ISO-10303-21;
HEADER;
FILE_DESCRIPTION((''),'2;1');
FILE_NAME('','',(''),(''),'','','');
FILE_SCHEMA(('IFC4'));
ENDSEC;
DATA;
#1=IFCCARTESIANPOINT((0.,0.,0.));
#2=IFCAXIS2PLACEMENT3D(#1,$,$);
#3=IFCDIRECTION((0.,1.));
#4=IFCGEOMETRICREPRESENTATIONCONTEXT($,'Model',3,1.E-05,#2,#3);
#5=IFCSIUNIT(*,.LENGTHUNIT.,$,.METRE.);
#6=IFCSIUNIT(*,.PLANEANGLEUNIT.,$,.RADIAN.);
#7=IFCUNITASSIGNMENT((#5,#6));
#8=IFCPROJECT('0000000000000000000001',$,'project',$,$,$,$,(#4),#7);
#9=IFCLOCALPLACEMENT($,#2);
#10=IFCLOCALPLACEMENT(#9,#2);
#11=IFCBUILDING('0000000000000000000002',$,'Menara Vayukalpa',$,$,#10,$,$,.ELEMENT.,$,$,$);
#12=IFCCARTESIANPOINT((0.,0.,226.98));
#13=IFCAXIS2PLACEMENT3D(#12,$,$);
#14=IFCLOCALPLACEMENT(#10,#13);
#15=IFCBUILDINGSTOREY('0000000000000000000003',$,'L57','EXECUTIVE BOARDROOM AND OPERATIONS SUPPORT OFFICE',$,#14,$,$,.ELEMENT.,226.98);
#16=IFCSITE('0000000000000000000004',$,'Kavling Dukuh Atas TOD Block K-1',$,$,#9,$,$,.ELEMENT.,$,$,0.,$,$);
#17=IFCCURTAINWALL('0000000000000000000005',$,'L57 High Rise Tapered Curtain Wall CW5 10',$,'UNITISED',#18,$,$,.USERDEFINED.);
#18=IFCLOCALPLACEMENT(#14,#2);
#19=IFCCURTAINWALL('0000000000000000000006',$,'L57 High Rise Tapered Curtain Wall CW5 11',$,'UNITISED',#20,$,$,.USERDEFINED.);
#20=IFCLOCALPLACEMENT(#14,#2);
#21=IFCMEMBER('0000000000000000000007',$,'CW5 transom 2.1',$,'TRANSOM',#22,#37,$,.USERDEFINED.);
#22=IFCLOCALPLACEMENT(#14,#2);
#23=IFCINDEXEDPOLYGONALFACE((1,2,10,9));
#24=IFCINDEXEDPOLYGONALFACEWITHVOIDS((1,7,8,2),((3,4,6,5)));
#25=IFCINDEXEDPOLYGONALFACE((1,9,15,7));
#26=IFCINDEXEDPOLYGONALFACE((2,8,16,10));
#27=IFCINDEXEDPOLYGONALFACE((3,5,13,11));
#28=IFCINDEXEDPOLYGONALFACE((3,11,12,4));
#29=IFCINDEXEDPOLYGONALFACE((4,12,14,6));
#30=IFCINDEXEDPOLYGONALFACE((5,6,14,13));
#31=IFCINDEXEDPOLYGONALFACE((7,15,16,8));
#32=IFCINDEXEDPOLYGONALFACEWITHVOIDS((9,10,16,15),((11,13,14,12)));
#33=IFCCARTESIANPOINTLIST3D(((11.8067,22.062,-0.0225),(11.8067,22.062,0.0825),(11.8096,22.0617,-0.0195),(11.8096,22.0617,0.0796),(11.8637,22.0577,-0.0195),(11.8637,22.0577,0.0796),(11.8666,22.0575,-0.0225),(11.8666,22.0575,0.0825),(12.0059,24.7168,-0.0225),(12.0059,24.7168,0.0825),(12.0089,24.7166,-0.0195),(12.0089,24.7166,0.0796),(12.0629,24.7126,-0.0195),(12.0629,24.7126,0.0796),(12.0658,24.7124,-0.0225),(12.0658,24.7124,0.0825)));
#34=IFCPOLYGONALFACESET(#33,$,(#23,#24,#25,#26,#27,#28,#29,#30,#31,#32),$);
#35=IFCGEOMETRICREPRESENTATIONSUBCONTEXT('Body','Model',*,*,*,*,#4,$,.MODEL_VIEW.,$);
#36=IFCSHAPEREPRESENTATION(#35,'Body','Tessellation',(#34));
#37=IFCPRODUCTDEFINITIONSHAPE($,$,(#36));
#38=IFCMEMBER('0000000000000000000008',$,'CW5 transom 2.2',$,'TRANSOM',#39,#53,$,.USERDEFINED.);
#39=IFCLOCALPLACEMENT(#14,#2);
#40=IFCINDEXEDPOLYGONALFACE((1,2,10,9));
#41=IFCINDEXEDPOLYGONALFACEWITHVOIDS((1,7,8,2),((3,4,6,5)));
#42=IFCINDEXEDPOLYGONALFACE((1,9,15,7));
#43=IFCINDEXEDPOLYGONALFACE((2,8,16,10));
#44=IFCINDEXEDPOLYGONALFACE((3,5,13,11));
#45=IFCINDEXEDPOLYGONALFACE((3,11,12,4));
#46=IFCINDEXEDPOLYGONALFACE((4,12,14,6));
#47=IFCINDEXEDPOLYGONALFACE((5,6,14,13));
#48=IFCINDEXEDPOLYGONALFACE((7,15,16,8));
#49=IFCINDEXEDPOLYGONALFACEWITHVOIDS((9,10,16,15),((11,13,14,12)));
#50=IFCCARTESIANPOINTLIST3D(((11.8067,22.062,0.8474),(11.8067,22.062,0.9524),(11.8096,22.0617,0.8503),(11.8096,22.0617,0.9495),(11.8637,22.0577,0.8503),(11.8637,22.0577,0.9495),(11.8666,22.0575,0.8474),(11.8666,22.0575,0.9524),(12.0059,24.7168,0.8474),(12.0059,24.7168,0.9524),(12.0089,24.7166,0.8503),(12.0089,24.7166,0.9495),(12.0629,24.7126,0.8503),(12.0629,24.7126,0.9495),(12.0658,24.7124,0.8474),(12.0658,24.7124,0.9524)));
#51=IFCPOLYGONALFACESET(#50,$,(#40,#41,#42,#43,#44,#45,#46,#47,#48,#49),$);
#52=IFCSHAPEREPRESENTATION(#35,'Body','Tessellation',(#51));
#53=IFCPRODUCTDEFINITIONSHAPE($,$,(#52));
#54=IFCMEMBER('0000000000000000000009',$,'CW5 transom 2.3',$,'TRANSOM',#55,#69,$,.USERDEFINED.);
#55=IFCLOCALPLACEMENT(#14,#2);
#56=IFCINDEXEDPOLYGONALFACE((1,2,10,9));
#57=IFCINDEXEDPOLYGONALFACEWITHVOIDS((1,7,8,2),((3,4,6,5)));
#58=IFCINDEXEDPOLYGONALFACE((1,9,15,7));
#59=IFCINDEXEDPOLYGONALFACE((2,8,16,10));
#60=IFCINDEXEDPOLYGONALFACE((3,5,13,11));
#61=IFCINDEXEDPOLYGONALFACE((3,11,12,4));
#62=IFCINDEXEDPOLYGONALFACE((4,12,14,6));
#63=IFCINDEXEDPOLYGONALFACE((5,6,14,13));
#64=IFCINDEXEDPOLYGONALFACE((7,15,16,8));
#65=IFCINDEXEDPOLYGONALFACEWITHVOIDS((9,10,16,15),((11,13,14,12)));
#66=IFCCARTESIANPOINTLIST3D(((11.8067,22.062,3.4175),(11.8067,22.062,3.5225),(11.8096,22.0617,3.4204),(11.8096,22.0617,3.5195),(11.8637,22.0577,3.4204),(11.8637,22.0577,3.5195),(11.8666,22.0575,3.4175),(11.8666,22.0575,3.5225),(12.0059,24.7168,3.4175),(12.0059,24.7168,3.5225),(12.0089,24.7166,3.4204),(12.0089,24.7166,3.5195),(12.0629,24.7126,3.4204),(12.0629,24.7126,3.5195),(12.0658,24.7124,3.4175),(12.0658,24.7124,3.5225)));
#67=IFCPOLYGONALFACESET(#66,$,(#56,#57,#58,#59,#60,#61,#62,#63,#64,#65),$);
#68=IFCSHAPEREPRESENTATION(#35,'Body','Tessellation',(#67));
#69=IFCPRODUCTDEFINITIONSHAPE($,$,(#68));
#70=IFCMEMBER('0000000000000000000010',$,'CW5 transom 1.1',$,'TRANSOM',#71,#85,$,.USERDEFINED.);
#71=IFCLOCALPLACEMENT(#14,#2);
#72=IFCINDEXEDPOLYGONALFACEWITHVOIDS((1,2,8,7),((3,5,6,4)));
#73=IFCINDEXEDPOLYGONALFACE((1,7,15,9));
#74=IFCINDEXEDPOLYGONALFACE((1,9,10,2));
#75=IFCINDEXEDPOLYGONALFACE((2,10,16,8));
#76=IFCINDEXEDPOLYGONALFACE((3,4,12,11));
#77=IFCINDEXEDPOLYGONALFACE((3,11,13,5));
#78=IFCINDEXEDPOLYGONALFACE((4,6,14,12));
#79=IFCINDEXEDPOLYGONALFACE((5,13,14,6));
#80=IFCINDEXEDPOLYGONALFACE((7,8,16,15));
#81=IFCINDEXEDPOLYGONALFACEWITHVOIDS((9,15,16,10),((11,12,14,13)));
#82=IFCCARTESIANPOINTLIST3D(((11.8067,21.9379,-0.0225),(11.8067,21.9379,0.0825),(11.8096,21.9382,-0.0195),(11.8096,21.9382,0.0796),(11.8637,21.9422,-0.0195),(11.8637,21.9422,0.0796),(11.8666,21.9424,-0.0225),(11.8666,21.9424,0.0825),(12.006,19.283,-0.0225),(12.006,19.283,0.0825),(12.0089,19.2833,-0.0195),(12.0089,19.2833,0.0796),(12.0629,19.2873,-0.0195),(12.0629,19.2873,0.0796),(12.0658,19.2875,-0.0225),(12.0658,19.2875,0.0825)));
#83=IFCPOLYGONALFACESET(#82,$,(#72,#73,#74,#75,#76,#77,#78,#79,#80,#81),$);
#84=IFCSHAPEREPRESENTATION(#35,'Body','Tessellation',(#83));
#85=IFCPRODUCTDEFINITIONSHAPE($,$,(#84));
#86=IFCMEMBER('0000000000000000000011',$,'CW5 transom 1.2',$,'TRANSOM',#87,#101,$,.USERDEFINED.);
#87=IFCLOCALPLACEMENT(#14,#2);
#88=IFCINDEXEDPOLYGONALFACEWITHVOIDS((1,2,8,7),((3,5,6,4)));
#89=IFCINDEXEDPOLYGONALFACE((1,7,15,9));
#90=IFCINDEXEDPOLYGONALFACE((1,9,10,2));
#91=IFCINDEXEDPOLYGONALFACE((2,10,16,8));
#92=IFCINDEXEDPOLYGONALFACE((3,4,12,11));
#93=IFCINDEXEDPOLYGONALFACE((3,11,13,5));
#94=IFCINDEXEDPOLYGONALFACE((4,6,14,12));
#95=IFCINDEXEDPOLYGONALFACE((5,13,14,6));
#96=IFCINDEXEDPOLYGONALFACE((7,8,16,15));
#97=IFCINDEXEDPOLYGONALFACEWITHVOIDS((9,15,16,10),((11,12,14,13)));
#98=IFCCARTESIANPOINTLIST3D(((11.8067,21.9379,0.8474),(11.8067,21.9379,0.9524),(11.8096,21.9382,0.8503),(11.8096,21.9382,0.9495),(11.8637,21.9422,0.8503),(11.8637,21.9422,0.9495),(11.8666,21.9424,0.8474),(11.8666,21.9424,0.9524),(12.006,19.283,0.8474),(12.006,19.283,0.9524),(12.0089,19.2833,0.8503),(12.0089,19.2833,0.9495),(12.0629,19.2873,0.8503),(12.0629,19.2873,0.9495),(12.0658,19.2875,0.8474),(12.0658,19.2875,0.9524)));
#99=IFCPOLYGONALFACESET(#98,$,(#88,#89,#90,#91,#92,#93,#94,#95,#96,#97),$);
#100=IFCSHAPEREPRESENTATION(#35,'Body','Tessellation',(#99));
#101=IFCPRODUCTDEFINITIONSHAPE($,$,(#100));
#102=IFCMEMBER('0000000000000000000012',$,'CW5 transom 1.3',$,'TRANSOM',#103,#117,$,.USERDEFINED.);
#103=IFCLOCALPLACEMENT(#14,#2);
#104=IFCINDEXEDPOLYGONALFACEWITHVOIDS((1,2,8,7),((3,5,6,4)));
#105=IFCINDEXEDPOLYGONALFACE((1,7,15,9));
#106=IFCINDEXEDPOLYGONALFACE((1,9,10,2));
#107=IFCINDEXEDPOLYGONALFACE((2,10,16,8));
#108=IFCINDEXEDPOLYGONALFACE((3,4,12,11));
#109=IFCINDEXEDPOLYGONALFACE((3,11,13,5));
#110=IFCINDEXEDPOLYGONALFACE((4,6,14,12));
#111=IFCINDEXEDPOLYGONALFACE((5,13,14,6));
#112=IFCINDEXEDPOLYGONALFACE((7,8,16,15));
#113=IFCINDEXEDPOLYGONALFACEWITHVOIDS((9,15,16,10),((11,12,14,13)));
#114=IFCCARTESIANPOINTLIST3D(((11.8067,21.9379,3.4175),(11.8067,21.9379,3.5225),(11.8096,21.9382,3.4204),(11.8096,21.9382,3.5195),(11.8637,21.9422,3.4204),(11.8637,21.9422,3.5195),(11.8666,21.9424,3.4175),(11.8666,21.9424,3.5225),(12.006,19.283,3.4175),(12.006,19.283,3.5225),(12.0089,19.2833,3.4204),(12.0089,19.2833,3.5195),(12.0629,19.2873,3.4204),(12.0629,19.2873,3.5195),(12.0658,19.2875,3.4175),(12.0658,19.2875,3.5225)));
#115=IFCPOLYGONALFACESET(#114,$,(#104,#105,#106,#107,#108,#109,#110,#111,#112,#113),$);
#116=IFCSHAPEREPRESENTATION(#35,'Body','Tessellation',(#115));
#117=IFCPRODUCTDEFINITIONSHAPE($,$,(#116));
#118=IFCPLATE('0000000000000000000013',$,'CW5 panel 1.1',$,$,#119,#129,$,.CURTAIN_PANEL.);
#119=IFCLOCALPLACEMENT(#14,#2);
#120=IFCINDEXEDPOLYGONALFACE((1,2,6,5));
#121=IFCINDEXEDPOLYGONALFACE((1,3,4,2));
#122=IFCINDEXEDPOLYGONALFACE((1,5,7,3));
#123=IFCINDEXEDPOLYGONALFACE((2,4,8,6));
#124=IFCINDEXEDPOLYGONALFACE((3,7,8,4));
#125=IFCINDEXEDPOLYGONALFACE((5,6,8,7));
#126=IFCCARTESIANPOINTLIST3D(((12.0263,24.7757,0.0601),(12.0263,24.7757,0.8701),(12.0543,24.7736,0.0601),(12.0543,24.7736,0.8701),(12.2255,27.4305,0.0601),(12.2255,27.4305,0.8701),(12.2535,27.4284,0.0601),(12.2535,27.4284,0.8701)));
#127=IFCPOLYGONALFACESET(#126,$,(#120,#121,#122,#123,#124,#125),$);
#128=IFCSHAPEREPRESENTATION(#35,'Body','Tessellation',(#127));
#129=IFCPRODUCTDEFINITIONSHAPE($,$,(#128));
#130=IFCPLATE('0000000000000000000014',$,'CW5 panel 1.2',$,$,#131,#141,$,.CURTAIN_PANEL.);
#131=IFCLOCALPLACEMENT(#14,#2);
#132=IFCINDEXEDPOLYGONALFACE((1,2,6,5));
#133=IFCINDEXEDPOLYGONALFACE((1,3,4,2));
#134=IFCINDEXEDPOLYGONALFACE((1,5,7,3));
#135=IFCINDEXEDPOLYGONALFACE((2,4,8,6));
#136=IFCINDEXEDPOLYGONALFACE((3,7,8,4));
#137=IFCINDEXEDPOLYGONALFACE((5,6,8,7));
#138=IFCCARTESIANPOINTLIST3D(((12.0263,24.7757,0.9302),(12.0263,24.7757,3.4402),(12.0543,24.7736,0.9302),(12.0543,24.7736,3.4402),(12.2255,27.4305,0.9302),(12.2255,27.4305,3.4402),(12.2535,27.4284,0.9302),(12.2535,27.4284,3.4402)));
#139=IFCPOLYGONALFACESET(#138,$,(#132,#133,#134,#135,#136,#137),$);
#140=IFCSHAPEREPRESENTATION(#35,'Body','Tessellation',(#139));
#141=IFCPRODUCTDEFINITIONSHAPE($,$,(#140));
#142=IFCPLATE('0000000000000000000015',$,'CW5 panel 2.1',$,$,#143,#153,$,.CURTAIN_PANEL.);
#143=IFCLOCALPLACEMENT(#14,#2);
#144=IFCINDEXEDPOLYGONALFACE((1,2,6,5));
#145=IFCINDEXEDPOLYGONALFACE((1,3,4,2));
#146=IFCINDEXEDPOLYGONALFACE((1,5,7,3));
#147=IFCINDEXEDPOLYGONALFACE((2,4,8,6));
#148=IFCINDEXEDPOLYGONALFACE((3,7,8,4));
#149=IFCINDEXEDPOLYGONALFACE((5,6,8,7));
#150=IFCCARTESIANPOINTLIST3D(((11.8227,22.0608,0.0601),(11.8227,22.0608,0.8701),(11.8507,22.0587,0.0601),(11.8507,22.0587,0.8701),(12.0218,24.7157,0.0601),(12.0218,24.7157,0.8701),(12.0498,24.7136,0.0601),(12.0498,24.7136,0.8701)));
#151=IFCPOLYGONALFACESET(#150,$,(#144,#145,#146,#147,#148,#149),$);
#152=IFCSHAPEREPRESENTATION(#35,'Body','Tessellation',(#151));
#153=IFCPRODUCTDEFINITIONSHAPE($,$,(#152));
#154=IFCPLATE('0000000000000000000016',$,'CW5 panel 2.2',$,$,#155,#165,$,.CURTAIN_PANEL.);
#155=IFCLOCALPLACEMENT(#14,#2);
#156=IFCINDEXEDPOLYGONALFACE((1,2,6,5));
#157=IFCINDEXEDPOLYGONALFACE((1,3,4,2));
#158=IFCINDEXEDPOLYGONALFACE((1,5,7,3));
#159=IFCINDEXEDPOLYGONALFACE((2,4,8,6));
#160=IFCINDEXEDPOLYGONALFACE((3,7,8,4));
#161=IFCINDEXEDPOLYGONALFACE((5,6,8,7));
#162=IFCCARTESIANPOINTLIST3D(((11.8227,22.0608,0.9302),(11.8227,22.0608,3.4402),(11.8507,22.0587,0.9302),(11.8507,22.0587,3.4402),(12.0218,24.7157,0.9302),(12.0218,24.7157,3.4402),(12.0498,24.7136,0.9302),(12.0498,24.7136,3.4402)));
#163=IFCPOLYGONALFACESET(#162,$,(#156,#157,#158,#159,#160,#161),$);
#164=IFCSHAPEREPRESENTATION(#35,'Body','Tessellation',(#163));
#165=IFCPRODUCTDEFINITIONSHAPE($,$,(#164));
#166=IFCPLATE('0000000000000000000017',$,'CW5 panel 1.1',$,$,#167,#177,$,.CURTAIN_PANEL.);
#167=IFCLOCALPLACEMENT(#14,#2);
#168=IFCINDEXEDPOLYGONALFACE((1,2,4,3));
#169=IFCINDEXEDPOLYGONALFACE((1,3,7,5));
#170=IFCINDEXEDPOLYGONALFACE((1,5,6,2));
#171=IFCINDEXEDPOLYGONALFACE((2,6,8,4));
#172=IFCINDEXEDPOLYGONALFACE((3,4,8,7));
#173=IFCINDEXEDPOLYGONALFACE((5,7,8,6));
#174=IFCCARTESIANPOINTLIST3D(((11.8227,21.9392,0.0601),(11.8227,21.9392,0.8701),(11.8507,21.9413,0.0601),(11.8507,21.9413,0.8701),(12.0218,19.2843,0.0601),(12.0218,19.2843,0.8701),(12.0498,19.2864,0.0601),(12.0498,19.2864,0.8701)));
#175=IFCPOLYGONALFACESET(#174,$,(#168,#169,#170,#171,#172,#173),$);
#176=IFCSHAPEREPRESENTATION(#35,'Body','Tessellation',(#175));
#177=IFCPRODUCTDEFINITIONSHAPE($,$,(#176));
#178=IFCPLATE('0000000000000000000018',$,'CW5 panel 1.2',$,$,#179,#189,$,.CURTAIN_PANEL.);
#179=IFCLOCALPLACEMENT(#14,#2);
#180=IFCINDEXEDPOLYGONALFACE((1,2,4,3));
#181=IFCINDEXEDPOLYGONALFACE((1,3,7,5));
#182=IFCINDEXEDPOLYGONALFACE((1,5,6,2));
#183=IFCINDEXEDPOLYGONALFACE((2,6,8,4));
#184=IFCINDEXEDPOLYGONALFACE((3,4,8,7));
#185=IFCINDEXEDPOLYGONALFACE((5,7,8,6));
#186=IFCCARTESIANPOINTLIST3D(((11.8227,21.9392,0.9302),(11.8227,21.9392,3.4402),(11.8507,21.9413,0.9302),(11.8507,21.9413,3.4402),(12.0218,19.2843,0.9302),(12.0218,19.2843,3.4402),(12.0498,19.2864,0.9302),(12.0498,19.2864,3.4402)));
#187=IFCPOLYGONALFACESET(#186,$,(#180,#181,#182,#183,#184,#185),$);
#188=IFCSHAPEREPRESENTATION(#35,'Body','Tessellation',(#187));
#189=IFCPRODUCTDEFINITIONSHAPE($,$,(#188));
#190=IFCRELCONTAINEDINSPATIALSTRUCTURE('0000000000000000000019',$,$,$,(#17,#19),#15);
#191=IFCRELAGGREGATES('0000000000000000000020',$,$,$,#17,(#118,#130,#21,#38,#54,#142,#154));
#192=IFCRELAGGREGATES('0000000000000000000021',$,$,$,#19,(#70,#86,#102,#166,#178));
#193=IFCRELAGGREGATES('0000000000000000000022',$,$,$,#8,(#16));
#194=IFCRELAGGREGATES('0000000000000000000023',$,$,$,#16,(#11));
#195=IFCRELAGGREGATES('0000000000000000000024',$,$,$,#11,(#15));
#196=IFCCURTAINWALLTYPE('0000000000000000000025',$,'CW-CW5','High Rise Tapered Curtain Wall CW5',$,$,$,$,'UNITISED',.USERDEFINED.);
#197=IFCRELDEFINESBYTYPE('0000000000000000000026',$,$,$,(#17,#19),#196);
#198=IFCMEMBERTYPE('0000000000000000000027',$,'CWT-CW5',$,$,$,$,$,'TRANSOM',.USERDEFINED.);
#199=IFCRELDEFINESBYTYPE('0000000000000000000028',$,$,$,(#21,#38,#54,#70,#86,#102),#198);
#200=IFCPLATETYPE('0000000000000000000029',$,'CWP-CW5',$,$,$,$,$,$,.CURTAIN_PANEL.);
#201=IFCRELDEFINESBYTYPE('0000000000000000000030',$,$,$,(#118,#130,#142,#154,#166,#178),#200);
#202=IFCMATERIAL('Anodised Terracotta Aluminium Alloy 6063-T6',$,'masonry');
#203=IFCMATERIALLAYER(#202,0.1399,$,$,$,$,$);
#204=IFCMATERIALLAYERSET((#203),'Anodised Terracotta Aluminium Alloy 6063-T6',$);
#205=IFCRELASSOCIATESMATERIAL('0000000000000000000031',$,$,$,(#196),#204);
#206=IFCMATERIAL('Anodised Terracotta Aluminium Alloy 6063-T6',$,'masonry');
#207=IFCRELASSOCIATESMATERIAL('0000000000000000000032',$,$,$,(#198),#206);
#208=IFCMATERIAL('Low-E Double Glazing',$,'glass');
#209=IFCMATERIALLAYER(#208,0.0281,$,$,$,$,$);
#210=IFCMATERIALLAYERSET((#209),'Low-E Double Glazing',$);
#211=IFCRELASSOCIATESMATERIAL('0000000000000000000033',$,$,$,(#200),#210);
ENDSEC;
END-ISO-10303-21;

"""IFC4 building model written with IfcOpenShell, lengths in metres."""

from ifc_helpers import new_model, si_unit, direction, frame, origin, origin_2d, place, context, subcontext, project, spatial, rectangle, hollow_rectangle, extrude, material, layer, layer_set, material_profile, profile_set, type_object, element, aggregate, save


model = new_model("IFC4")

# Units and contexts
model_context = context("Model", 3, precision=1e-05, world=origin(), true_north=direction((0.0, 1.0)))
body_context = subcontext(model_context, "Body", "Model", "MODEL_VIEW")
ifc_project = project(units=[si_unit("LENGTHUNIT", "METRE"), si_unit("PLANEANGLEUNIT", "RADIAN")], contexts=[model_context])

# Site, building, storey
site_placement = place(None, origin())
site = spatial("IfcSite", under=ifc_project, at=site_placement, Name="Kavling Dukuh Atas TOD Block K-1", CompositionType="ELEMENT", RefElevation=0.0)
building_placement = place(site_placement, origin())
building = spatial("IfcBuilding", under=site, at=building_placement, Name="Menara Vayukalpa", CompositionType="ELEMENT")
storey_placement = place(building_placement, frame((0.0, 0.0, 226.98)))
storey = spatial("IfcBuildingStorey", under=building, at=storey_placement, Name="L57", Description="EXECUTIVE BOARDROOM AND OPERATIONS SUPPORT OFFICE", CompositionType="ELEMENT", Elevation=226.98)

# Curtain wall
ifc_material_1 = material(Name="Anodised Terracotta Aluminium Alloy 6063-T6", Category="masonry")
ifc_layer_1 = layer(ifc_material_1, 0.1399)
ifc_layer_set_1 = layer_set([ifc_layer_1], Name="Anodised Terracotta Aluminium Alloy 6063-T6")
curtain_wall_type = type_object("IfcCurtainWallType", Name="CW-CW5", Description="High Rise Tapered Curtain Wall CW5", ElementType="UNITISED", PredefinedType="USERDEFINED", material=ifc_layer_set_1)
curtain_wall_1_placement = place(storey_placement, origin())
curtain_wall_1 = element("IfcCurtainWall", 1, at=curtain_wall_1_placement, inside=storey, type_object=curtain_wall_type, Name="L57 High Rise Tapered Curtain Wall CW5 10", ObjectType="UNITISED", PredefinedType="USERDEFINED")

# Curtain wall
curtain_wall_2_placement = place(storey_placement, origin())
curtain_wall_2 = element("IfcCurtainWall", 2, at=curtain_wall_2_placement, inside=storey, type_object=curtain_wall_type, Name="L57 High Rise Tapered Curtain Wall CW5 11", ObjectType="UNITISED", PredefinedType="USERDEFINED")

# Members
ifc_material_2 = material(Name="Anodised Terracotta Aluminium Alloy 6063-T6", Category="masonry")
ifc_material_profile_1 = material_profile(ifc_material_2, hollow_rectangle(XDim=0.0601, YDim=0.105, WallThickness=0.0029, at=origin_2d()), Name="ALU 60x105x3")
ifc_profile_set_1 = profile_set([ifc_material_profile_1], Name="Anodised Terracotta Aluminium Alloy 6063-T6")
member_type_1 = type_object("IfcMemberType", Name="CWT-CW5", ElementType="TRANSOM", PredefinedType="USERDEFINED", material=ifc_profile_set_1)
member_1_placement = place(storey_placement, frame((12.0359, 24.7146, 0.03), z_axis=(-0.074831, -0.997196, 0.0), x_axis=(0.997196, -0.074831, 0.0)))
member_1 = element("IfcMember", 3, at=member_1_placement, type_object=member_type_1, Name="CW5 transom 2.1", ObjectType="TRANSOM", PredefinedType="USERDEFINED", context=body_context, shape_type="SweptSolid", body=[
    extrude(hollow_rectangle(XDim=0.0601, YDim=0.105, WallThickness=0.0029, at=origin_2d()), origin(), (0.0, 0.0, 1.0), 2.6624),
])
member_2_placement = place(storey_placement, frame((12.0359, 24.7146, 0.8999), z_axis=(-0.074831, -0.997196, 0.0), x_axis=(0.997196, -0.074831, 0.0)))
member_2 = element("IfcMember", 4, at=member_2_placement, type_object=member_type_1, Name="CW5 transom 2.2", ObjectType="TRANSOM", PredefinedType="USERDEFINED", context=body_context, shape_type="SweptSolid", body=[
    extrude(hollow_rectangle(XDim=0.0601, YDim=0.105, WallThickness=0.0029, at=origin_2d()), origin(), (0.0, 0.0, 1.0), 2.6624),
])
member_3_placement = place(storey_placement, frame((12.0359, 24.7146, 3.47), z_axis=(-0.074831, -0.997196, 0.0), x_axis=(0.997196, -0.074831, 0.0)))
member_3 = element("IfcMember", 5, at=member_3_placement, type_object=member_type_1, Name="CW5 transom 2.3", ObjectType="TRANSOM", PredefinedType="USERDEFINED", context=body_context, shape_type="SweptSolid", body=[
    extrude(hollow_rectangle(XDim=0.0601, YDim=0.105, WallThickness=0.0029, at=origin_2d()), origin(), (0.0, 0.0, 1.0), 2.6624),
])
member_4_placement = place(storey_placement, frame((11.8367, 21.9402, 0.03), z_axis=(0.074831, -0.997196, 0.0), x_axis=(0.997196, 0.074831, 0.0)))
member_4 = element("IfcMember", 6, at=member_4_placement, type_object=member_type_1, Name="CW5 transom 1.1", ObjectType="TRANSOM", PredefinedType="USERDEFINED", context=body_context, shape_type="SweptSolid", body=[
    extrude(hollow_rectangle(XDim=0.0601, YDim=0.105, WallThickness=0.0029, at=origin_2d()), origin(), (0.0, 0.0, 1.0), 2.6624),
])
member_5_placement = place(storey_placement, frame((11.8367, 21.9402, 0.8999), z_axis=(0.074831, -0.997196, 0.0), x_axis=(0.997196, 0.074831, 0.0)))
member_5 = element("IfcMember", 7, at=member_5_placement, type_object=member_type_1, Name="CW5 transom 1.2", ObjectType="TRANSOM", PredefinedType="USERDEFINED", context=body_context, shape_type="SweptSolid", body=[
    extrude(hollow_rectangle(XDim=0.0601, YDim=0.105, WallThickness=0.0029, at=origin_2d()), origin(), (0.0, 0.0, 1.0), 2.6624),
])
member_6_placement = place(storey_placement, frame((11.8367, 21.9402, 3.47), z_axis=(0.074831, -0.997196, 0.0), x_axis=(0.997196, 0.074831, 0.0)))
member_6 = element("IfcMember", 8, at=member_6_placement, type_object=member_type_1, Name="CW5 transom 1.3", ObjectType="TRANSOM", PredefinedType="USERDEFINED", context=body_context, shape_type="SweptSolid", body=[
    extrude(hollow_rectangle(XDim=0.0601, YDim=0.105, WallThickness=0.0029, at=origin_2d()), origin(), (0.0, 0.0, 1.0), 2.6624),
])

# Plates
ifc_material_3 = material(Name="Low-E Double Glazing", Category="glass")
ifc_layer_2 = layer(ifc_material_3, 0.0281)
ifc_layer_set_2 = layer_set([ifc_layer_2], Name="Low-E Double Glazing")
plate_type = type_object("IfcPlateType", Name="CWP-CW5", PredefinedType="CURTAIN_PANEL", material=ifc_layer_set_2)
plate_1_placement = place(storey_placement, frame((12.1399, 26.1021, 0.0601), z_axis=(0.0, 0.0, 1.0), x_axis=(-0.074792, -0.997199, 0.0)))
plate_1 = element("IfcPlate", 9, at=plate_1_placement, type_object=plate_type, Name="CW5 panel 1.1", PredefinedType="CURTAIN_PANEL", context=body_context, shape_type="SweptSolid", body=[
    extrude(rectangle(XDim=2.6624, YDim=0.0281, at=origin_2d()), origin(), (0.0, 0.0, 1.0), 0.8101),
])
plate_2_placement = place(storey_placement, frame((12.1399, 26.1021, 0.9302), z_axis=(0.0, 0.0, 1.0), x_axis=(-0.074792, -0.997199, 0.0)))
plate_2 = element("IfcPlate", 10, at=plate_2_placement, type_object=plate_type, Name="CW5 panel 1.2", PredefinedType="CURTAIN_PANEL", context=body_context, shape_type="SweptSolid", body=[
    extrude(rectangle(XDim=2.6624, YDim=0.0281, at=origin_2d()), origin(), (0.0, 0.0, 1.0), 2.51),
])
plate_3_placement = place(storey_placement, frame((11.9363, 23.3872, 0.0601), z_axis=(0.0, 0.0, 1.0), x_axis=(-0.074792, -0.997199, 0.0)))
plate_3 = element("IfcPlate", 11, at=plate_3_placement, type_object=plate_type, Name="CW5 panel 2.1", PredefinedType="CURTAIN_PANEL", context=body_context, shape_type="SweptSolid", body=[
    extrude(rectangle(XDim=2.6624, YDim=0.0281, at=origin_2d()), origin(), (0.0, 0.0, 1.0), 0.8101),
])
plate_4_placement = place(storey_placement, frame((11.9363, 23.3872, 0.9302), z_axis=(0.0, 0.0, 1.0), x_axis=(-0.074792, -0.997199, 0.0)))
plate_4 = element("IfcPlate", 12, at=plate_4_placement, type_object=plate_type, Name="CW5 panel 2.2", PredefinedType="CURTAIN_PANEL", context=body_context, shape_type="SweptSolid", body=[
    extrude(rectangle(XDim=2.6624, YDim=0.0281, at=origin_2d()), origin(), (0.0, 0.0, 1.0), 2.51),
])
aggregate(curtain_wall_1, [plate_1, plate_2, member_1, member_2, member_3, plate_3, plate_4])
plate_5_placement = place(storey_placement, frame((11.9363, 20.6128, 0.0601), z_axis=(0.0, 0.0, 1.0), x_axis=(0.074792, -0.997199, 0.0)))
plate_5 = element("IfcPlate", 13, at=plate_5_placement, type_object=plate_type, Name="CW5 panel 1.1", PredefinedType="CURTAIN_PANEL", context=body_context, shape_type="SweptSolid", body=[
    extrude(rectangle(XDim=2.6624, YDim=0.0281, at=origin_2d()), origin(), (0.0, 0.0, 1.0), 0.8101),
])
plate_6_placement = place(storey_placement, frame((11.9363, 20.6128, 0.9302), z_axis=(0.0, 0.0, 1.0), x_axis=(0.074792, -0.997199, 0.0)))
plate_6 = element("IfcPlate", 14, at=plate_6_placement, type_object=plate_type, Name="CW5 panel 1.2", PredefinedType="CURTAIN_PANEL", context=body_context, shape_type="SweptSolid", body=[
    extrude(rectangle(XDim=2.6624, YDim=0.0281, at=origin_2d()), origin(), (0.0, 0.0, 1.0), 2.51),
])
aggregate(curtain_wall_2, [member_4, member_5, member_6, plate_5, plate_6])

save(model, "model.ifc")
